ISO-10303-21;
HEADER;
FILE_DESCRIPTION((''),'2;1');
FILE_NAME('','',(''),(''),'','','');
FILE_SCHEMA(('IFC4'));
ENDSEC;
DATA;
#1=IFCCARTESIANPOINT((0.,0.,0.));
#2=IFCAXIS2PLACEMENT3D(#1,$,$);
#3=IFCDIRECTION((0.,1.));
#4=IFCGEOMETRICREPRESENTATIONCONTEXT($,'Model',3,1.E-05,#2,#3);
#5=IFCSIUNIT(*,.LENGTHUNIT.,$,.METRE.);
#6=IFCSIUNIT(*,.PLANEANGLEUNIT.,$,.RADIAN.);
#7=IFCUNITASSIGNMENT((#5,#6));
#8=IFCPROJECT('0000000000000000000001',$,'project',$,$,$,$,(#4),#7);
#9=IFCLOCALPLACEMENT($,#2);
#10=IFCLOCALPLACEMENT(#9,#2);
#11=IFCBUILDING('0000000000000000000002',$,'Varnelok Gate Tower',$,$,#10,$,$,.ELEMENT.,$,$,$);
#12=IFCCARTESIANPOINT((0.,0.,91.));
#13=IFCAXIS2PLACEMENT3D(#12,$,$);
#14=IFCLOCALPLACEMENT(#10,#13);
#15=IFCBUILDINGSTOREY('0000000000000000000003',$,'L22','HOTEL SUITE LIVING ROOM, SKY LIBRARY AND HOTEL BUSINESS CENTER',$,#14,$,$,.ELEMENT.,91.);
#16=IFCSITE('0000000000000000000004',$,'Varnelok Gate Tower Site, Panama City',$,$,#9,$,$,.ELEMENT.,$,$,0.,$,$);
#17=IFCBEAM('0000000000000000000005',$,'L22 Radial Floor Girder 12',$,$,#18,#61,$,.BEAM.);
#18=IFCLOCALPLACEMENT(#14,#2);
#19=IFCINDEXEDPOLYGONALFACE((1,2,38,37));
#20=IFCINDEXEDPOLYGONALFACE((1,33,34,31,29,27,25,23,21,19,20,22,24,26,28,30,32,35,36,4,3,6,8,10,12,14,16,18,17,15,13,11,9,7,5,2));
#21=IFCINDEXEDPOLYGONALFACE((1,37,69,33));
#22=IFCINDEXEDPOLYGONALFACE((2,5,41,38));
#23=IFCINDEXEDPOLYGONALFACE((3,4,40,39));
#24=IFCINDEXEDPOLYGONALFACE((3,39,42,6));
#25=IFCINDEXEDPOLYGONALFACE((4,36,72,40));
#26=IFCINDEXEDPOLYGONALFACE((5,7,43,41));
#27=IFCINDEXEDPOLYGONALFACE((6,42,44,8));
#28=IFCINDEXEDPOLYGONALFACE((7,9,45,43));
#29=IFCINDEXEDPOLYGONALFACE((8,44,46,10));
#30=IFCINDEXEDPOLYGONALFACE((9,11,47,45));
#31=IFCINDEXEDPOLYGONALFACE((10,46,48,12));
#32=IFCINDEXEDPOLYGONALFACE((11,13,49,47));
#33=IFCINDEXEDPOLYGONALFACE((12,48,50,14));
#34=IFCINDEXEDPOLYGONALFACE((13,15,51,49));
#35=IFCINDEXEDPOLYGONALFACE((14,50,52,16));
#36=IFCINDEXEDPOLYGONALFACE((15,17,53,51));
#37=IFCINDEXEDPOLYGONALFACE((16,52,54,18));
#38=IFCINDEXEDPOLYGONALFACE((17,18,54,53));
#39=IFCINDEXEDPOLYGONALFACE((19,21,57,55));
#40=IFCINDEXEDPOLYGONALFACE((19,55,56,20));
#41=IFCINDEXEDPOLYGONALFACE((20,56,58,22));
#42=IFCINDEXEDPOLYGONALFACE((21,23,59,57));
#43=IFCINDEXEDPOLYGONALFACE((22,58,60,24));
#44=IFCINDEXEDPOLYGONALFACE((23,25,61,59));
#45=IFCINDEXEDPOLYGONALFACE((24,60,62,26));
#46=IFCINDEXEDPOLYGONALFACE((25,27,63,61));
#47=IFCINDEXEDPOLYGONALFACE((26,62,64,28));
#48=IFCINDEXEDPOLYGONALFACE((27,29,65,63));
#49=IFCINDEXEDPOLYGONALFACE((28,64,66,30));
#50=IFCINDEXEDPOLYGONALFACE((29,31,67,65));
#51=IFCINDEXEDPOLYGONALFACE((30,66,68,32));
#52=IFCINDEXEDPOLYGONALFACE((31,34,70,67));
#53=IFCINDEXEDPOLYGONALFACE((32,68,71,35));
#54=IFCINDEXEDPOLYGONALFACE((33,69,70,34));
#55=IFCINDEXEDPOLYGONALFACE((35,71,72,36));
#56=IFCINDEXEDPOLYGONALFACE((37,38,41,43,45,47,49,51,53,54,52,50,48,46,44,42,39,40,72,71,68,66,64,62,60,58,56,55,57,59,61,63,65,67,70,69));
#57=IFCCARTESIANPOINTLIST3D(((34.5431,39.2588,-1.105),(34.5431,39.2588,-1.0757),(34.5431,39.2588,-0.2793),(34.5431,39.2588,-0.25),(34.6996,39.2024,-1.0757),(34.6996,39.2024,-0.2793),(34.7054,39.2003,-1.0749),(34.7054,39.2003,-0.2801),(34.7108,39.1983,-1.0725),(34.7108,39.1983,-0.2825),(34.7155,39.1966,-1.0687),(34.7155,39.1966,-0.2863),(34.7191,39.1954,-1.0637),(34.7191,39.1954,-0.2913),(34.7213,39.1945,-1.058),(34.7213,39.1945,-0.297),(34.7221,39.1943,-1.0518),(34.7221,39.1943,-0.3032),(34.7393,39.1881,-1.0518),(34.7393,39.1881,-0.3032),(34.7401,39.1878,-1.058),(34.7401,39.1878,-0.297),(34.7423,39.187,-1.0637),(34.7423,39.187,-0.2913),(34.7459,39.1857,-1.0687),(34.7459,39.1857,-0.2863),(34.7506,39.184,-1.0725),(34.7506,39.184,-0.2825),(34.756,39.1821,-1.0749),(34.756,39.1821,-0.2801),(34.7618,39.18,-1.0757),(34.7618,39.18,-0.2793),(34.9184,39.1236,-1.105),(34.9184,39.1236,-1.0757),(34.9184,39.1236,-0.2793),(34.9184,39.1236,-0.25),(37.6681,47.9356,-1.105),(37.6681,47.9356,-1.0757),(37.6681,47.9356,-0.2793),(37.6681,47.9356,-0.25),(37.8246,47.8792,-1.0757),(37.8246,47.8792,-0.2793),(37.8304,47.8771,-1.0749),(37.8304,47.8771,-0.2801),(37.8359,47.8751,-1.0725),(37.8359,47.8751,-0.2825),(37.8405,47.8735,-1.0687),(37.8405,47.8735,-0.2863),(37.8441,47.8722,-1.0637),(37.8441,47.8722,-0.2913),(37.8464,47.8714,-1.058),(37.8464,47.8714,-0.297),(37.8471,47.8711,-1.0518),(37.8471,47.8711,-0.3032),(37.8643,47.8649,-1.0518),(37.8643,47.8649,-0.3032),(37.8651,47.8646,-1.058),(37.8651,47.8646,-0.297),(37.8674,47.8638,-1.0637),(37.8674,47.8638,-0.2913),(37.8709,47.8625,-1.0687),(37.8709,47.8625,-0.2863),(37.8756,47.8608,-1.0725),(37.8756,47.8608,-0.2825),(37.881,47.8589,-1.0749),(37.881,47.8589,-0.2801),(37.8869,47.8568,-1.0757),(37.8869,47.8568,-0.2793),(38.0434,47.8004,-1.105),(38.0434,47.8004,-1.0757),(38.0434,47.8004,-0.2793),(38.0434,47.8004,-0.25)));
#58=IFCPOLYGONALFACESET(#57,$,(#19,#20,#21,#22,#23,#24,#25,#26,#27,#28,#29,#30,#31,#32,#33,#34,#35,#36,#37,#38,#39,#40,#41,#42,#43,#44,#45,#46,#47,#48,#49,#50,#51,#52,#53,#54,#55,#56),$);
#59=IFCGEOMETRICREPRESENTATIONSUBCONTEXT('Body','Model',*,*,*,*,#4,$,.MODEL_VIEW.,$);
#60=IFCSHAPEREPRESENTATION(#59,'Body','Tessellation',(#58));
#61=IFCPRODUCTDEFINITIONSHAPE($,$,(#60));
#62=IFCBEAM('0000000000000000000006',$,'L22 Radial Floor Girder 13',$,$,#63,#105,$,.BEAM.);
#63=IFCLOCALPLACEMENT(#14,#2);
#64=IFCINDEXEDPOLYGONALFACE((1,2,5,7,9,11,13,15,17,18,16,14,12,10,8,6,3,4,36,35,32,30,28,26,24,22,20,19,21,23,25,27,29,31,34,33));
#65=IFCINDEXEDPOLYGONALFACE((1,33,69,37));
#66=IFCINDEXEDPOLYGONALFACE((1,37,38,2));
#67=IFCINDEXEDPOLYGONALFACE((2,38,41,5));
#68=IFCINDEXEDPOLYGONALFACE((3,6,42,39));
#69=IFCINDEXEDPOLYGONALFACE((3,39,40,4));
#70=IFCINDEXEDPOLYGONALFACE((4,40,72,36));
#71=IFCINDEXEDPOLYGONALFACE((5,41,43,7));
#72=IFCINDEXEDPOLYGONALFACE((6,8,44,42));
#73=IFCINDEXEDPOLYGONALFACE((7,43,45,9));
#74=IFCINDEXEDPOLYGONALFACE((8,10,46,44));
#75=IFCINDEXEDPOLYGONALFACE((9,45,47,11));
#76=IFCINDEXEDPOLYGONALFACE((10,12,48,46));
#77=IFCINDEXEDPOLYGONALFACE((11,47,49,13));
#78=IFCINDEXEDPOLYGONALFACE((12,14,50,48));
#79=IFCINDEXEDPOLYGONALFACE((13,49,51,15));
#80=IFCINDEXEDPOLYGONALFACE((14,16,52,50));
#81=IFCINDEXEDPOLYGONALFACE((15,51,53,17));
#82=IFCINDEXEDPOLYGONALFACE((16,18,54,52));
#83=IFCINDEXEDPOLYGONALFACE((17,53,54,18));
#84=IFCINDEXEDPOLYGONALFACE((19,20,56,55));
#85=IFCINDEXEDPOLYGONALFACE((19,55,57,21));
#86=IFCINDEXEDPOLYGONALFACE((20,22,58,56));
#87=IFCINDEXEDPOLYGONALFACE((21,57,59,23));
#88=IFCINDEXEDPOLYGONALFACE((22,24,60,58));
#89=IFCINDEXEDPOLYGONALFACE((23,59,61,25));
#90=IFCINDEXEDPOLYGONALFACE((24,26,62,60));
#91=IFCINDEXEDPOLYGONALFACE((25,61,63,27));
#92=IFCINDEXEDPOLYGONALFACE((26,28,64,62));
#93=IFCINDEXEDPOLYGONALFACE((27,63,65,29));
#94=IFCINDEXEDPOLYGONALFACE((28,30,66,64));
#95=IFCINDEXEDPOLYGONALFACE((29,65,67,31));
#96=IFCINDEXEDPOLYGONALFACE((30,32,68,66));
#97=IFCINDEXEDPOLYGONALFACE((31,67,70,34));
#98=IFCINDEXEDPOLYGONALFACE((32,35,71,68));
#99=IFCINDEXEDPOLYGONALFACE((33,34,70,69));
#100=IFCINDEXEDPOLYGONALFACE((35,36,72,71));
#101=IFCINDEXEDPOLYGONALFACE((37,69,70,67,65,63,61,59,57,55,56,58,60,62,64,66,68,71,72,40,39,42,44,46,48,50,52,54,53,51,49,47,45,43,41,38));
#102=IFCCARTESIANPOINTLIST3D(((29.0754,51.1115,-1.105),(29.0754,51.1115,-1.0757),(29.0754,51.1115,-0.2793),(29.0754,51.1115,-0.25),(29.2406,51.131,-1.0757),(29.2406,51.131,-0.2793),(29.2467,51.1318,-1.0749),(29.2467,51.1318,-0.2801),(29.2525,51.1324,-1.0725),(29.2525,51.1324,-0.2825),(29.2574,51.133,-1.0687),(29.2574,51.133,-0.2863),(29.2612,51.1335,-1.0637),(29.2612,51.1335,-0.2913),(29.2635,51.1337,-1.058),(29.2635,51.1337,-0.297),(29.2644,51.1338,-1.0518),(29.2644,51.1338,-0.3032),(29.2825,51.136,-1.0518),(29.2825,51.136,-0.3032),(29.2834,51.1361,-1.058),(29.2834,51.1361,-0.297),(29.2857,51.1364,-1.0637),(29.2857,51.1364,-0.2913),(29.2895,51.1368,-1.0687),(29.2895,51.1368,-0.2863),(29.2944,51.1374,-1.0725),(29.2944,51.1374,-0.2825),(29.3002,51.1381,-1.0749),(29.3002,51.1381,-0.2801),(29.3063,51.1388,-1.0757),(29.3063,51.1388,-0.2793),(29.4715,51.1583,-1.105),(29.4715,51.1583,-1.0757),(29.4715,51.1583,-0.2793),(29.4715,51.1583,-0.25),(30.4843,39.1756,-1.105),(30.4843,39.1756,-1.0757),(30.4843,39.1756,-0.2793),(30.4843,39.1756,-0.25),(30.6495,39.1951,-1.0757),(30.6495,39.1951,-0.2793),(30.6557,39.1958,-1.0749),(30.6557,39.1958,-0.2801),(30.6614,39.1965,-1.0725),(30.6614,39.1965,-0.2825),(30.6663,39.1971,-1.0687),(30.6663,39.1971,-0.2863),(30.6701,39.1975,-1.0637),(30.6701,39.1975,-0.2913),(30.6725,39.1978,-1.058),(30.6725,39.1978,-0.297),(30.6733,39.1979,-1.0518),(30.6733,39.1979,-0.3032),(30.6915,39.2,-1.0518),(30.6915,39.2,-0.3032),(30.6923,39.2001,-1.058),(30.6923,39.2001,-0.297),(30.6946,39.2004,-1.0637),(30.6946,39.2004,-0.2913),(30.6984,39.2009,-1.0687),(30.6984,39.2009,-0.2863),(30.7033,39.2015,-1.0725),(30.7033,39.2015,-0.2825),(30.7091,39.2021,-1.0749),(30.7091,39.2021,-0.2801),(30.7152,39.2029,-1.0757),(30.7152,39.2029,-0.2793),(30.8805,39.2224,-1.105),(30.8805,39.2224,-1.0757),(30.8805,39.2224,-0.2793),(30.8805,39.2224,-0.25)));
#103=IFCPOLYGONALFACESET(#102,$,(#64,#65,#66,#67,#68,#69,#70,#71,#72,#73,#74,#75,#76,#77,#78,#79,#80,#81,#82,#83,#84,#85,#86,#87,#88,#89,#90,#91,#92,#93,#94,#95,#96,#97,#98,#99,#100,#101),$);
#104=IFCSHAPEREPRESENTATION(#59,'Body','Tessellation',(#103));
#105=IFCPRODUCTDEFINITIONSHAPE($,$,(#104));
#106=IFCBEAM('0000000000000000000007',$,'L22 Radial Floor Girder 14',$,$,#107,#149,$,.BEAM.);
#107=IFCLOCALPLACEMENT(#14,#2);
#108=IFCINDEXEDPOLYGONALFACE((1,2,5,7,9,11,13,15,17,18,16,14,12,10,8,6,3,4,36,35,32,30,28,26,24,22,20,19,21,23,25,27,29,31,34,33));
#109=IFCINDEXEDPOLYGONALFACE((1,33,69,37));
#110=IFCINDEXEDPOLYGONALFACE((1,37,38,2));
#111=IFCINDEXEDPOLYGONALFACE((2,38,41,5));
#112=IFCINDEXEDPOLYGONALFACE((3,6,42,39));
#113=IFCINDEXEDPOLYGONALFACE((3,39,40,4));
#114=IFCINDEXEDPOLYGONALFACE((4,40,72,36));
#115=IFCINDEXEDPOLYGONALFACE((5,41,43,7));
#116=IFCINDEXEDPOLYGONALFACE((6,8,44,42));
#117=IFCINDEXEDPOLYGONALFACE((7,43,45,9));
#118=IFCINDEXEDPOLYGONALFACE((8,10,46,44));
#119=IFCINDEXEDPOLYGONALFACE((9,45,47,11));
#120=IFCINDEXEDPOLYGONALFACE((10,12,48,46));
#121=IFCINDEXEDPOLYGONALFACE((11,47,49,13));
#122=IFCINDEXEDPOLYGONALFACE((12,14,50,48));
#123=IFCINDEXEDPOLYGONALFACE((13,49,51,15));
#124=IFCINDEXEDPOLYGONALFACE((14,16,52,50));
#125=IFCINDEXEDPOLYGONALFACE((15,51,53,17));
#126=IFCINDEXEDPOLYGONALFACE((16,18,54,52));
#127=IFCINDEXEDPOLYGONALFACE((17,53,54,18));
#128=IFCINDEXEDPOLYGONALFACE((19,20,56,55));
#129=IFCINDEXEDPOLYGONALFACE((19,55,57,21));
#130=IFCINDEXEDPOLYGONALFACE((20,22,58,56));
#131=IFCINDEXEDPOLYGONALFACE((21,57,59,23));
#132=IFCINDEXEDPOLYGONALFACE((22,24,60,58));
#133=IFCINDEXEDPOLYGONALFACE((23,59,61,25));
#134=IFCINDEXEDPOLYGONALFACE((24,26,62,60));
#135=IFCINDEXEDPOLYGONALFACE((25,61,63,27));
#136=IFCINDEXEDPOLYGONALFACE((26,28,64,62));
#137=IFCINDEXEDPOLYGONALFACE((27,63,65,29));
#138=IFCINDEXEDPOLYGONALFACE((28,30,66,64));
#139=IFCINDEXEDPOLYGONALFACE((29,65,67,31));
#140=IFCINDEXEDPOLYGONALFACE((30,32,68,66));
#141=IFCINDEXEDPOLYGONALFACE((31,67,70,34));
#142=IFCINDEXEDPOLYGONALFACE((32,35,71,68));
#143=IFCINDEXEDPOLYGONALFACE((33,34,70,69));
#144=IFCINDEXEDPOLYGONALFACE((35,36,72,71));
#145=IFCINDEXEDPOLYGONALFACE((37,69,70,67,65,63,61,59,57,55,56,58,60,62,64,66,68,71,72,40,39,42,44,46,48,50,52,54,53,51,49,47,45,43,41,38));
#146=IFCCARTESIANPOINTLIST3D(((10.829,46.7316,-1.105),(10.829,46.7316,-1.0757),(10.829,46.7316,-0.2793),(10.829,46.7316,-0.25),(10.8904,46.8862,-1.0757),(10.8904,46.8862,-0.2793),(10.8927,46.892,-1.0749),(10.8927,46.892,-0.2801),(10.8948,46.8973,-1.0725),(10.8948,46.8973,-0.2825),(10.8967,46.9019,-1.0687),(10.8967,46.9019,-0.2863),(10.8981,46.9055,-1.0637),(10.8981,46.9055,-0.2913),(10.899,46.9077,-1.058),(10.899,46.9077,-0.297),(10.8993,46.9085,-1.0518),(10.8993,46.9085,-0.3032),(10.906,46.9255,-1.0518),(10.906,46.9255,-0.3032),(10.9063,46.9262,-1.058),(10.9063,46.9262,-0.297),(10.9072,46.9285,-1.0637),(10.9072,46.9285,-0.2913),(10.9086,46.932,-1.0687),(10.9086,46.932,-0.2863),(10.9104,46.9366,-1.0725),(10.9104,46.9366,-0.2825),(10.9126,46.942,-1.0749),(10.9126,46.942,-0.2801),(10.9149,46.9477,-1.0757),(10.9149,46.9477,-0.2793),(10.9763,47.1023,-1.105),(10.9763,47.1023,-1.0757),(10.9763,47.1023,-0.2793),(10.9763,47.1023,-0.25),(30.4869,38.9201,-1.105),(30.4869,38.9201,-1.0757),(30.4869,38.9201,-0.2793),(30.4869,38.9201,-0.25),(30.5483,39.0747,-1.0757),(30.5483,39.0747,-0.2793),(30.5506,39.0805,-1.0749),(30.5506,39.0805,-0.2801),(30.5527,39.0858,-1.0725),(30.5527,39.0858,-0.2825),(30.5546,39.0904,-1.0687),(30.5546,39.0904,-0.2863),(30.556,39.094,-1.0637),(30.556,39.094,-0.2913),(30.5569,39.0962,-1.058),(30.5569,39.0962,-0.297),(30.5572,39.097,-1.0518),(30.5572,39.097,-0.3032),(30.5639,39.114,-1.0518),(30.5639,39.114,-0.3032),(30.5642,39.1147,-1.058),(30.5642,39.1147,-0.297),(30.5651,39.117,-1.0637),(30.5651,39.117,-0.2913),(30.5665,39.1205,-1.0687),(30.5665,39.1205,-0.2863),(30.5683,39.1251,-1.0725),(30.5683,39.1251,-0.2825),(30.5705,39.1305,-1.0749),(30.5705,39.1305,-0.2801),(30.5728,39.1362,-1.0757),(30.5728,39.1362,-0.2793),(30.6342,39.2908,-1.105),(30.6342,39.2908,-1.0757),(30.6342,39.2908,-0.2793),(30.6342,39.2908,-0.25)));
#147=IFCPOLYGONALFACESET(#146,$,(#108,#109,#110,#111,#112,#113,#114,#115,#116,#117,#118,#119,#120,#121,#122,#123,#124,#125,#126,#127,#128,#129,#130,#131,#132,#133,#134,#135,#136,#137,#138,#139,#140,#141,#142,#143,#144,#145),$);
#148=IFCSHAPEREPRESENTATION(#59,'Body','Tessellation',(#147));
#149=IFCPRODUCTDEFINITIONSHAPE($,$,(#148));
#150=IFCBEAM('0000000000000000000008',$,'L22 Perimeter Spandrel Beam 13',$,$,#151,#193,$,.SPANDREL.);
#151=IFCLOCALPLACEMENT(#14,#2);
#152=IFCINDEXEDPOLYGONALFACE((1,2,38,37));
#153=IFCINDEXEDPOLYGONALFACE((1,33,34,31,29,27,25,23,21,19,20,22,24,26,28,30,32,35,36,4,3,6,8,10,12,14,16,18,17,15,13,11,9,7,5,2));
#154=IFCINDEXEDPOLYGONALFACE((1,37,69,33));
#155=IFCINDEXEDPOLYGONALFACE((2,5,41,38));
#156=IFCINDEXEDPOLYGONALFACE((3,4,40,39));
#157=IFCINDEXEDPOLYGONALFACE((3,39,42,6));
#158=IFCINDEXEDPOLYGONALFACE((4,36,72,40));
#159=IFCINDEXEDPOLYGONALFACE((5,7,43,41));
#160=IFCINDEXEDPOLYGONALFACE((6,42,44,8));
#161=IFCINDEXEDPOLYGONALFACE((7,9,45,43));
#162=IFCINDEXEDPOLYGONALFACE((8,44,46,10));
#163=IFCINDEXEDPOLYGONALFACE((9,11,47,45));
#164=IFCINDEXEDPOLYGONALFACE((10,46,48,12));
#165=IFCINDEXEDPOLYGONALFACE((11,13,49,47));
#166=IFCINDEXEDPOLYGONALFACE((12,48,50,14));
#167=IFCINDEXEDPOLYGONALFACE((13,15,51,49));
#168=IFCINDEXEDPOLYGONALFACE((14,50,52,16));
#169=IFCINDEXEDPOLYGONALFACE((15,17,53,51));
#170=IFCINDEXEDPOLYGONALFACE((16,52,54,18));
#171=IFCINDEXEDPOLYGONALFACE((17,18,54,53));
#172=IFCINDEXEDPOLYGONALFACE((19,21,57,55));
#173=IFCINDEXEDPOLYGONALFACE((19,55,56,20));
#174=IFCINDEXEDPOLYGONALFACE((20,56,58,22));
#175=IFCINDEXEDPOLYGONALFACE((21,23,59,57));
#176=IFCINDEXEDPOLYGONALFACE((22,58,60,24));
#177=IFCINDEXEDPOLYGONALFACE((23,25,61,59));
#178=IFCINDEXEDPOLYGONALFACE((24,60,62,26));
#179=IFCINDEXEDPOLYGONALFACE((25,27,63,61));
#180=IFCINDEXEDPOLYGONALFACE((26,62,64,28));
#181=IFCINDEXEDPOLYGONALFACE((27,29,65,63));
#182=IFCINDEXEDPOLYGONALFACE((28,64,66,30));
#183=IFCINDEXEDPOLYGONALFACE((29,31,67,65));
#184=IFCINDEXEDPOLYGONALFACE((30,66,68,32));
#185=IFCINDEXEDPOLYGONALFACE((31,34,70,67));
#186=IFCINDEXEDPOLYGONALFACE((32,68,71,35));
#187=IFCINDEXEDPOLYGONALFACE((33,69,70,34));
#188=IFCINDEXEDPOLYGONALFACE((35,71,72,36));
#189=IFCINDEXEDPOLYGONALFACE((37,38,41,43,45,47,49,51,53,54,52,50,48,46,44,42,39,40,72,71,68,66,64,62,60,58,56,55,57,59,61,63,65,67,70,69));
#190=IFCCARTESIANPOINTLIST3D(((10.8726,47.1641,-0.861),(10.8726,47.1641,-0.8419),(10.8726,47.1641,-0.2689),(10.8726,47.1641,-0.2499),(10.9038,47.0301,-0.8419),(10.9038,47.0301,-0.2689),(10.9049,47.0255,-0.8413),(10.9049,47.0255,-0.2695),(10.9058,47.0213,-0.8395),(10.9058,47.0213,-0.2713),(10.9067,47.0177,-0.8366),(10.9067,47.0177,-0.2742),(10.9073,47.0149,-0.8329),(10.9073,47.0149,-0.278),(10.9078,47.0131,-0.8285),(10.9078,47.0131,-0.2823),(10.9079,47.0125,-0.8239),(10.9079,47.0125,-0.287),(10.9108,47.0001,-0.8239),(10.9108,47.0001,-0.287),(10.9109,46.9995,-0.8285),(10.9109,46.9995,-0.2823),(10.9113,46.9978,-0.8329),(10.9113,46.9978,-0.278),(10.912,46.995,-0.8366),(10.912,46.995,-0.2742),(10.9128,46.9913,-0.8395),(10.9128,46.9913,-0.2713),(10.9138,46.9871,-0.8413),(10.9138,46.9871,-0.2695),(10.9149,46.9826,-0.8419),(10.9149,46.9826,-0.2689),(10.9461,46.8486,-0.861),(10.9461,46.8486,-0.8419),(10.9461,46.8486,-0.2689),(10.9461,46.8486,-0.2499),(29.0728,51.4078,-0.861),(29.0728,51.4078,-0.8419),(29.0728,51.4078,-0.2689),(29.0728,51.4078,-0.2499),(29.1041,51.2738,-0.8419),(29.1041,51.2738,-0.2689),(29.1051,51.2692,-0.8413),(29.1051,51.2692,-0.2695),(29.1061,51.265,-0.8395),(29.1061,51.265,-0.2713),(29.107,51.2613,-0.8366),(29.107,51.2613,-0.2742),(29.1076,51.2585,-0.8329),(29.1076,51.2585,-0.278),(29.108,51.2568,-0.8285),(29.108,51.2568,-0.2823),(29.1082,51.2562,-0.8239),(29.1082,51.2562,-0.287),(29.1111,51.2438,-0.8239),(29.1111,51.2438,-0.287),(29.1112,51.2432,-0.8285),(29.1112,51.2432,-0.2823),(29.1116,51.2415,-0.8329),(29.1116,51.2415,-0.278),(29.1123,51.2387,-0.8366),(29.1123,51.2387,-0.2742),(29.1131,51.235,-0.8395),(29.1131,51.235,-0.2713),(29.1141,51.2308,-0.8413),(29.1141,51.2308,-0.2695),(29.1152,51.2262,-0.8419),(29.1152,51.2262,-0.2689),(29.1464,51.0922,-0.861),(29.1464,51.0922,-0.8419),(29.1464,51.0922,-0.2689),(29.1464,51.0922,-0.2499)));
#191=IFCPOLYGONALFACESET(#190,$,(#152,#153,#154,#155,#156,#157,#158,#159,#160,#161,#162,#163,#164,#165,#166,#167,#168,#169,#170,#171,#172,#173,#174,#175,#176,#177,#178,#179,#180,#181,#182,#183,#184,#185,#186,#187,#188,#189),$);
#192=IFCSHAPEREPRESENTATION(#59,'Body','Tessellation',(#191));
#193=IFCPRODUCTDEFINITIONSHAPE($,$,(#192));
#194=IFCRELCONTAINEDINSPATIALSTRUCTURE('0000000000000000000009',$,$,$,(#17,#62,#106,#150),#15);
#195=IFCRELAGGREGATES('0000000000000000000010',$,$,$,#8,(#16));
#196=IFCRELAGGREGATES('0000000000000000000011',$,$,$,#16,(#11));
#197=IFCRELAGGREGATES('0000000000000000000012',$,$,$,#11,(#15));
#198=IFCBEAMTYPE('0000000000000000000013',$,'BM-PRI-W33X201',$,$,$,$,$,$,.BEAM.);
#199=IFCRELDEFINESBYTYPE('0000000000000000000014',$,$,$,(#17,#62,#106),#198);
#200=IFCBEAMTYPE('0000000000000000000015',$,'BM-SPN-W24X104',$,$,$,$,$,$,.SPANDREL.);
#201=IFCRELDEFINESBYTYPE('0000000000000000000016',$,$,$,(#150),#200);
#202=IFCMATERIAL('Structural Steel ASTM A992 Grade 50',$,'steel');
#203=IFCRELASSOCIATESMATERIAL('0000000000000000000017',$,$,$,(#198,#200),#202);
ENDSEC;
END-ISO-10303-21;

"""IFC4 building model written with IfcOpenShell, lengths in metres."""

from ifc_helpers import new_model, si_unit, direction, frame, origin, origin_2d, place, context, subcontext, project, spatial, i_section, extrude, material, material_profile, profile_set, type_object, element, save


model = new_model("IFC4")

# Units and contexts
model_context = context("Model", 3, precision=1e-05, world=origin(), true_north=direction((0.0, 1.0)))
body_context = subcontext(model_context, "Body", "Model", "MODEL_VIEW")
ifc_project = project(units=[si_unit("LENGTHUNIT", "METRE"), si_unit("PLANEANGLEUNIT", "RADIAN")], contexts=[model_context])

# Site, building, storey
site_placement = place(None, origin())
site = spatial("IfcSite", under=ifc_project, at=site_placement, Name="Varnelok Gate Tower Site, Panama City", CompositionType="ELEMENT", RefElevation=0.0)
building_placement = place(site_placement, origin())
building = spatial("IfcBuilding", under=site, at=building_placement, Name="Varnelok Gate Tower", CompositionType="ELEMENT")
storey_placement = place(building_placement, frame((0.0, 0.0, 91.0)))
storey = spatial("IfcBuildingStorey", under=building, at=storey_placement, Name="L22", Description="HOTEL SUITE LIVING ROOM, SKY LIBRARY AND HOTEL BUSINESS CENTER", CompositionType="ELEMENT", Elevation=91.0)

# Shared definitions
ifc_material_1 = material(Name="Structural Steel ASTM A992 Grade 50", Category="steel")

# Beams
ifc_material_profile_1 = material_profile(ifc_material_1, i_section(OverallWidth=0.3989, OverallDepth=0.855, WebThickness=0.0183, FlangeThickness=0.0293, FilletRadius=0.0239, at=origin_2d()), Name="W33X201")
ifc_profile_set_1 = profile_set([ifc_material_profile_1], Name="Structural Steel ASTM A992 Grade 50")
beam_type_1 = type_object("IfcBeamType", Name="BM-PRI-W33X201", PredefinedType="BEAM", material=ifc_profile_set_1)
beam_1_placement = place(storey_placement, frame((34.7307, 39.1912, -0.6775), z_axis=(0.338851, 0.94084, 0.0), x_axis=(-0.94084, 0.338851, 0.0)))
element("IfcBeam", 1, at=beam_1_placement, inside=storey, type_object=beam_type_1, Name="L22 Radial Floor Girder 12", PredefinedType="BEAM", context=body_context, shape_type="SweptSolid", body=[
    extrude(i_section(OverallWidth=0.3989, OverallDepth=0.855, WebThickness=0.0183, FlangeThickness=0.0293, FilletRadius=0.0239, at=origin_2d()), origin(), (0.0, 0.0, 1.0), 9.2224),
])
beam_2_placement = place(storey_placement, frame((30.6824, 39.199, -0.6775), z_axis=(-0.117227, 0.993105, 0.0), x_axis=(-0.993105, -0.117227, 0.0)))
element("IfcBeam", 2, at=beam_2_placement, inside=storey, type_object=beam_type_1, Name="L22 Radial Floor Girder 13", PredefinedType="BEAM", context=body_context, shape_type="SweptSolid", body=[
    extrude(i_section(OverallWidth=0.3989, OverallDepth=0.855, WebThickness=0.0183, FlangeThickness=0.0293, FilletRadius=0.0239, at=origin_2d()), origin(), (0.0, 0.0, 1.0), 12.0188),
])
beam_3_placement = place(storey_placement, frame((30.5605, 39.1055, -0.6775), z_axis=(-0.929316, 0.369284, 0.0), x_axis=(-0.369284, -0.929316, 0.0)))
element("IfcBeam", 3, at=beam_3_placement, inside=storey, type_object=beam_type_1, Name="L22 Radial Floor Girder 14", PredefinedType="BEAM", context=body_context, shape_type="SweptSolid", body=[
    extrude(i_section(OverallWidth=0.3989, OverallDepth=0.855, WebThickness=0.0183, FlangeThickness=0.0293, FilletRadius=0.0239, at=origin_2d()), origin(), (0.0, 0.0, 1.0), 21.1531),
])
ifc_material_profile_2 = material_profile(ifc_material_1, i_section(OverallWidth=0.324, OverallDepth=0.6111, WebThickness=0.0127, FlangeThickness=0.019, FilletRadius=0.0181, at=origin_2d()), Name="W24X104")
ifc_profile_set_2 = profile_set([ifc_material_profile_2], Name="Structural Steel ASTM A992 Grade 50")
beam_type_2 = type_object("IfcBeamType", Name="BM-SPN-W24X104", PredefinedType="SPANDREL", material=ifc_profile_set_2)
beam_4_placement = place(storey_placement, frame((29.1096, 51.25, -0.5554), z_axis=(-0.973877, -0.227074, 0.0), x_axis=(0.227074, -0.973877, 0.0)))
element("IfcBeam", 4, at=beam_4_placement, inside=storey, type_object=beam_type_2, Name="L22 Perimeter Spandrel Beam 13", PredefinedType="SPANDREL", context=body_context, shape_type="SweptSolid", body=[
    extrude(i_section(OverallWidth=0.324, OverallDepth=0.6111, WebThickness=0.0127, FlangeThickness=0.019, FilletRadius=0.0181, at=origin_2d()), origin(), (0.0, 0.0, 1.0), 18.6885),
])

save(model, "model.ifc")
